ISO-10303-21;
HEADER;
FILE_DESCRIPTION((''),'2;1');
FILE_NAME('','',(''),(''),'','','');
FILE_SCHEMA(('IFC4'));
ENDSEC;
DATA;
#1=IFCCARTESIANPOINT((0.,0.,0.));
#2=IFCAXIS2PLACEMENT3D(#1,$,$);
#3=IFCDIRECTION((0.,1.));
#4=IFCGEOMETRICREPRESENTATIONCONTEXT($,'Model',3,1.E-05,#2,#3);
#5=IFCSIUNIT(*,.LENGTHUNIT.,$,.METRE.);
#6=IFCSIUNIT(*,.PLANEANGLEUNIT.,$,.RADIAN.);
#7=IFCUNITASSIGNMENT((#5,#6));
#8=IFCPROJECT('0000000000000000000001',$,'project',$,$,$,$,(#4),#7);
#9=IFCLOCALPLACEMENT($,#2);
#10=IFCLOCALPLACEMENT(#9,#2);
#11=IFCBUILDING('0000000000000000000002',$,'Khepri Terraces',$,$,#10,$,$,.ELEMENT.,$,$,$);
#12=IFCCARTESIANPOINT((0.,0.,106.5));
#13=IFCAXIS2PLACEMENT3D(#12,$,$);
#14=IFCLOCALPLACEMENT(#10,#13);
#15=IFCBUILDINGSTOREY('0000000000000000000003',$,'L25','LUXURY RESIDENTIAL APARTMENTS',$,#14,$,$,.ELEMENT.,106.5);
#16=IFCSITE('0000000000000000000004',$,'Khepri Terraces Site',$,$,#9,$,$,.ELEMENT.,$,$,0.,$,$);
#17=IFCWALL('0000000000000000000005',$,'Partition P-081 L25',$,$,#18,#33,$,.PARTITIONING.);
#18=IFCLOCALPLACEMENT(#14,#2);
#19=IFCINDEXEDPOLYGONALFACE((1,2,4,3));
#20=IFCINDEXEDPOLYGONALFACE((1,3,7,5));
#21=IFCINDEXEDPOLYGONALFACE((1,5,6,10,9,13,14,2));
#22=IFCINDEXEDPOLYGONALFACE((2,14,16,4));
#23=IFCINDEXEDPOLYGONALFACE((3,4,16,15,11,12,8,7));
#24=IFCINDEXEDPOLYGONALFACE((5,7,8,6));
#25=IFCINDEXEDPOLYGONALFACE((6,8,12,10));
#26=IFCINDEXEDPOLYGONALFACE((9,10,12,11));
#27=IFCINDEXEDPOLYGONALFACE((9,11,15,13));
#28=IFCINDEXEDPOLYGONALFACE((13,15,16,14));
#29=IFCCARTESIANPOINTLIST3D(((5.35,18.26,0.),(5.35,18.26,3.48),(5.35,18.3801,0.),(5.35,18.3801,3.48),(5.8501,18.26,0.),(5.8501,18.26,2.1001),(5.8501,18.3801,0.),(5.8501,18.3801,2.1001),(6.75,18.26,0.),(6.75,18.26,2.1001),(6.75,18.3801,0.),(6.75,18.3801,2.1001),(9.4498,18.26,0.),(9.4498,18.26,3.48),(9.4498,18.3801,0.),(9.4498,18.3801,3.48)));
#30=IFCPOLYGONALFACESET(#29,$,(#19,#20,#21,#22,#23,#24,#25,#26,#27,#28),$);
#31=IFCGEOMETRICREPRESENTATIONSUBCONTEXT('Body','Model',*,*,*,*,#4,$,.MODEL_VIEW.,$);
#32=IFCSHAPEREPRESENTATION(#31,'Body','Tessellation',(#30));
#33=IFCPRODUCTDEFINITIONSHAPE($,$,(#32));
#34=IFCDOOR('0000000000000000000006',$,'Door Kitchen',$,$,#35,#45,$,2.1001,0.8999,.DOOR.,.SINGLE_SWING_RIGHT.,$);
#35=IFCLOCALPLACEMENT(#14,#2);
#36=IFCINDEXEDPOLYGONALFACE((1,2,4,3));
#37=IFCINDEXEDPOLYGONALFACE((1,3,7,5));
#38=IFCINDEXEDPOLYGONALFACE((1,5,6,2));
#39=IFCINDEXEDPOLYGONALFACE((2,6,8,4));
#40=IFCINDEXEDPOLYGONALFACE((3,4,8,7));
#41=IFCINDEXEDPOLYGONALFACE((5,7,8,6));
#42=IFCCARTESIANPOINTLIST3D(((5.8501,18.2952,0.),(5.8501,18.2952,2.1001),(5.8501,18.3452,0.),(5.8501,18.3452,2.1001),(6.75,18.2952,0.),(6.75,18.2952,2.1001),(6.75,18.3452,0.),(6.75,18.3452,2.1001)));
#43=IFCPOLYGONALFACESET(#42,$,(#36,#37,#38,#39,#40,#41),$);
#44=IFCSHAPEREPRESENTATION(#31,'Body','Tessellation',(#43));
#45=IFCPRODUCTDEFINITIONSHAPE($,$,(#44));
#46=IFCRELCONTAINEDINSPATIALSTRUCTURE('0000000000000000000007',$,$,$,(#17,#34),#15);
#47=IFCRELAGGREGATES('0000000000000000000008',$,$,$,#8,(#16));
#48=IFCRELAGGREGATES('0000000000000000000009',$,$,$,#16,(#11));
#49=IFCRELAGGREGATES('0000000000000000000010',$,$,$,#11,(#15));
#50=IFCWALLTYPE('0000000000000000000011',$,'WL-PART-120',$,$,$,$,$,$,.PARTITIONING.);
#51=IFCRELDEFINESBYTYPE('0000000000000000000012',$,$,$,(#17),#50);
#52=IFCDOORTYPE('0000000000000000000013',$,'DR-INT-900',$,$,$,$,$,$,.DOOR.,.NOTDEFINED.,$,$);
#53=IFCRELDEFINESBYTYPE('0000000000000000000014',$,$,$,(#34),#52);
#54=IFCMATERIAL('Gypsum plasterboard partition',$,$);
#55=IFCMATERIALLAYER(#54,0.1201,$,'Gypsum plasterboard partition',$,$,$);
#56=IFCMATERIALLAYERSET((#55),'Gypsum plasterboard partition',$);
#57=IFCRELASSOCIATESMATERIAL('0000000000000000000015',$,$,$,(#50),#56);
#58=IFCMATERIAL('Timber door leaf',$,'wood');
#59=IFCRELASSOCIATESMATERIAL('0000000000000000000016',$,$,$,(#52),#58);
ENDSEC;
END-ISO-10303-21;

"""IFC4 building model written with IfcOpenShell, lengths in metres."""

from ifc_helpers import new_model, si_unit, direction, frame, frame_2d, origin, place, context, subcontext, project, spatial, rectangle, extrude, material, layer, layer_set, type_object, element, fill, save


model = new_model("IFC4")

# Units and contexts
model_context = context("Model", 3, precision=1e-05, world=origin(), true_north=direction((0.0, 1.0)))
body_context = subcontext(model_context, "Body", "Model", "MODEL_VIEW")
ifc_project = project(units=[si_unit("LENGTHUNIT", "METRE"), si_unit("PLANEANGLEUNIT", "RADIAN")], contexts=[model_context])

# Site, building, storey
site_placement = place(None, origin())
site = spatial("IfcSite", under=ifc_project, at=site_placement, Name="Khepri Terraces Site", CompositionType="ELEMENT", RefElevation=0.0)
building_placement = place(site_placement, origin())
building = spatial("IfcBuilding", under=site, at=building_placement, Name="Khepri Terraces", CompositionType="ELEMENT")
storey_placement = place(building_placement, frame((0.0, 0.0, 106.5)))
storey = spatial("IfcBuildingStorey", under=building, at=storey_placement, Name="L25", Description="LUXURY RESIDENTIAL APARTMENTS", CompositionType="ELEMENT", Elevation=106.5)

# Shared definitions
ifc_material_1 = material(Name="Gypsum plasterboard partition")
ifc_layer_1 = layer(ifc_material_1, 0.1201, Name="Gypsum plasterboard partition")
ifc_layer_set_1 = layer_set([ifc_layer_1], Name="Gypsum plasterboard partition")
wall_type_1 = type_object("IfcWallType", Name="WL-PART-120", PredefinedType="PARTITIONING", material=ifc_layer_set_1)

# Wall, opening, door
wall_1_placement = place(storey_placement, frame((5.3501, 18.3201, 0.0), z_axis=(0.0, 0.0, 1.0), x_axis=(1.0, 0.0, 0.0)))
wall_1 = element("IfcWall", 1, at=wall_1_placement, inside=storey, type_object=wall_type_1, Name="Partition P-081 L25", PredefinedType="PARTITIONING", context=body_context, shape_type="SweptSolid", body=[
    extrude(rectangle(XDim=4.0999, YDim=0.1201, at=frame_2d((2.0498, 0.0))), origin(), (0.0, 0.0, 1.0), 3.48),
])
opening_1_placement = place(wall_1_placement, frame((0.5, 0.0, 0.0)))
opening_1 = element("IfcOpeningElement", 2, at=opening_1_placement, cuts=wall_1, PredefinedType="OPENING", context=body_context, shape_type="SweptSolid", body=[
    extrude(rectangle(XDim=0.8999, YDim=2.1001, at=frame_2d((0.45, 1.05))), frame((0.0, 0.0701, 0.0), z_axis=(0.0, -1.0, 0.0), x_axis=(1.0, 0.0, 0.0)), (0.0, 0.0, 1.0), 0.1401),
])
ifc_material_2 = material(Name="Timber door leaf", Category="wood")
door_type_1 = type_object("IfcDoorType", Name="DR-INT-900", OperationType="NOTDEFINED", PredefinedType="DOOR", material=ifc_material_2)
door_1_placement = place(opening_1_placement, frame((0.8999, 0.0, 0.0), z_axis=(0.0, 0.0, 1.0), x_axis=(-1.0, 0.0, 0.0)))
door_1 = element("IfcDoor", 3, at=door_1_placement, inside=storey, type_object=door_type_1, Name="Door Kitchen", OperationType="SINGLE_SWING_RIGHT", OverallHeight=2.1001, OverallWidth=0.8999, PredefinedType="DOOR", context=body_context, shape_type="SweptSolid", body=[
    extrude(rectangle(XDim=0.8999, YDim=2.1001, at=frame_2d((0.45, 1.05))), frame((0.0, 0.0249, 0.0), z_axis=(0.0, -1.0, 0.0), x_axis=(1.0, 0.0, 0.0)), (0.0, 0.0, 1.0), 0.05),
])
fill(opening_1, door_1)

save(model, "model.ifc")
